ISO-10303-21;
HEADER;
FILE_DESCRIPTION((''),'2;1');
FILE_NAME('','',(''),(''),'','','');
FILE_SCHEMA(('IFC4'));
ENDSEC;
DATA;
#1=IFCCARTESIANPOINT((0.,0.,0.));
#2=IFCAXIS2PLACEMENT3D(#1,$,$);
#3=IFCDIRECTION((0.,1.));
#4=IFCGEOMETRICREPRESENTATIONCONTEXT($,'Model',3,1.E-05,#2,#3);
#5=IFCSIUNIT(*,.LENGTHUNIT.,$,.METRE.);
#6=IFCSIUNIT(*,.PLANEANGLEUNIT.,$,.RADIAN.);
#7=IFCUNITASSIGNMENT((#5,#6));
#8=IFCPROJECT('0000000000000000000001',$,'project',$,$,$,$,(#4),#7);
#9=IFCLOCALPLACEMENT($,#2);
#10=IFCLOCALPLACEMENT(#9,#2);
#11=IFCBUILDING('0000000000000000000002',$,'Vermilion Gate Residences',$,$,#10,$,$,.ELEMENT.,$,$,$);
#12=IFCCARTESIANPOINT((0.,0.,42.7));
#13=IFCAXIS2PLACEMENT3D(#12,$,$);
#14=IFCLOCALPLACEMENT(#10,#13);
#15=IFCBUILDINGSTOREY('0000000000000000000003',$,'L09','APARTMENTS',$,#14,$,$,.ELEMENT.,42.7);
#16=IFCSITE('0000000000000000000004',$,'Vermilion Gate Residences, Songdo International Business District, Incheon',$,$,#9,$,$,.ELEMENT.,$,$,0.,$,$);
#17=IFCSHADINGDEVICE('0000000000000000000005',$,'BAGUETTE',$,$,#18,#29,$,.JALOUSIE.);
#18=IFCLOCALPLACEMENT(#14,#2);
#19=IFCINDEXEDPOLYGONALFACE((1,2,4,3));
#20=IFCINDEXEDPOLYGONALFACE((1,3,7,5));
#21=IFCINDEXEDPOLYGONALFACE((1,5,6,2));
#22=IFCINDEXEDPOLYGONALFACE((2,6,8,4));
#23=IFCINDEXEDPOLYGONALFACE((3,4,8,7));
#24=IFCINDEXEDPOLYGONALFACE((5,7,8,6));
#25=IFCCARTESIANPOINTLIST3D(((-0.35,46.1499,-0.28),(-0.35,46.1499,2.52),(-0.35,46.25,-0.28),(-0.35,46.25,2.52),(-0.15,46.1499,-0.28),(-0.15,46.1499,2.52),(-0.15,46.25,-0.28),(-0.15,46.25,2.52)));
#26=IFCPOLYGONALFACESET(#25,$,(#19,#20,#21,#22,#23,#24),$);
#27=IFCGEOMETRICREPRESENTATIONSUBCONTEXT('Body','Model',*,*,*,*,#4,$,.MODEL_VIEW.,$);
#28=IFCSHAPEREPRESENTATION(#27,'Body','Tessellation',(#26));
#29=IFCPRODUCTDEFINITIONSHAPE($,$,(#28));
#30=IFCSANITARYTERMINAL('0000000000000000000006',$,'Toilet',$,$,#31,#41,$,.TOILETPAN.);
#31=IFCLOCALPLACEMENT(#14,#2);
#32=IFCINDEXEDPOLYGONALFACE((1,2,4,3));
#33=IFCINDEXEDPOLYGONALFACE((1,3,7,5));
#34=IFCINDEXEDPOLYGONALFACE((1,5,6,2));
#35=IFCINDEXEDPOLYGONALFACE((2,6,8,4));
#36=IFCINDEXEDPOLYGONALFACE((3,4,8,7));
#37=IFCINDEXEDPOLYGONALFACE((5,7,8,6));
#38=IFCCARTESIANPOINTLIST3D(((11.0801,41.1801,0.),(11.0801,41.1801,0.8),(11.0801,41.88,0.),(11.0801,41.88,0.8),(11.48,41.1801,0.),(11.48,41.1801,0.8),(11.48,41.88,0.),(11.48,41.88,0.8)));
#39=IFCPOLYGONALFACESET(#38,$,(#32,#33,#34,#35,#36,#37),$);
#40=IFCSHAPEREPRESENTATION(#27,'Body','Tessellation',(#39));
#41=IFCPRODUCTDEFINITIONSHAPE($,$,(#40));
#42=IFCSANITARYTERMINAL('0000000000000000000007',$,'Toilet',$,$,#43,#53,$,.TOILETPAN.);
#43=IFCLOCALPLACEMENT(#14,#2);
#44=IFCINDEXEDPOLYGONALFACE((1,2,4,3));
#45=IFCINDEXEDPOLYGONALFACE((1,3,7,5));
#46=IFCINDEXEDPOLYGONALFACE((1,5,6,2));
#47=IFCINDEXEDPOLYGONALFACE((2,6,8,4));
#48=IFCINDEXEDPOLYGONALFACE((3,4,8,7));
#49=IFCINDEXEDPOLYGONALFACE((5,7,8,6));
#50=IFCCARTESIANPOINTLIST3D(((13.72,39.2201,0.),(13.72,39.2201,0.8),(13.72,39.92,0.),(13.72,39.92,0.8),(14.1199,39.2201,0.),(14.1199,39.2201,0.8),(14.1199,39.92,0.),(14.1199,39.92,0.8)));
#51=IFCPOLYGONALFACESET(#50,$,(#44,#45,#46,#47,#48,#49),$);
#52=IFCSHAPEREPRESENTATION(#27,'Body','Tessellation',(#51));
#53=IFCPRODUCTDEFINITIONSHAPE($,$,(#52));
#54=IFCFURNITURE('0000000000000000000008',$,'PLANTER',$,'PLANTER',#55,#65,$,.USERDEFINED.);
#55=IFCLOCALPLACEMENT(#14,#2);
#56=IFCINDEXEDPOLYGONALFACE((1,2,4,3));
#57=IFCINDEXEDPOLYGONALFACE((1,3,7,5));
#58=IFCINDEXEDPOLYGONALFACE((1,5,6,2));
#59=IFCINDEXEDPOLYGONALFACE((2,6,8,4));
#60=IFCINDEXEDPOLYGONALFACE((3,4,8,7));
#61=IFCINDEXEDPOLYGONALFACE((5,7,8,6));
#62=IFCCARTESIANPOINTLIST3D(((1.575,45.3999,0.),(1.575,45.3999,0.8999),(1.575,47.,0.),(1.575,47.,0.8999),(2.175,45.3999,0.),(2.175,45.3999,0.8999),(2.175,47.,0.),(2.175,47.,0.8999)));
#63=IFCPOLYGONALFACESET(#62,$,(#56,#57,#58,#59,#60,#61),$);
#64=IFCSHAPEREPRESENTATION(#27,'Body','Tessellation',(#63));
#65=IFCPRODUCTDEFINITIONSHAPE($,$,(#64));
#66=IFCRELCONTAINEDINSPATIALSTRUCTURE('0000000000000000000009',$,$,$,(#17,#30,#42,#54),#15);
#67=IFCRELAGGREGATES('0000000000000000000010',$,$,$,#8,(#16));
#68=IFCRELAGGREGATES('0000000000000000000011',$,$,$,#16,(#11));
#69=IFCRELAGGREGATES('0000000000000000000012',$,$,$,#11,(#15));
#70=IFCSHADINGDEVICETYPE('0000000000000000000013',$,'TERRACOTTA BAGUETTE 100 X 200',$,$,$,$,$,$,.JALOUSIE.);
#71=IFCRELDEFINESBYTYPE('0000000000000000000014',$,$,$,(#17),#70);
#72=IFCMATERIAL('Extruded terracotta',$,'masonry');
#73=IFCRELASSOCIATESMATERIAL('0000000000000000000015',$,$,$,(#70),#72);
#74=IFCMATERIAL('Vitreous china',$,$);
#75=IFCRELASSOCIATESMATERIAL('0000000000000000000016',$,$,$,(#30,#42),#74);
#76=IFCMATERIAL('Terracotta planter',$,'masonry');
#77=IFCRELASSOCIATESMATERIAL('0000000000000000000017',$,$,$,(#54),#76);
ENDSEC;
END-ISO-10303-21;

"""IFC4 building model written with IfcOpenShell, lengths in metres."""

from ifc_helpers import new_model, si_unit, direction, frame, origin, origin_2d, place, context, subcontext, project, spatial, rectangle, extrude, material, material_profile, profile_set, type_object, element, save


model = new_model("IFC4")

# Units and contexts
model_context = context("Model", 3, precision=1e-05, world=origin(), true_north=direction((0.0, 1.0)))
body_context = subcontext(model_context, "Body", "Model", "MODEL_VIEW")
ifc_project = project(units=[si_unit("LENGTHUNIT", "METRE"), si_unit("PLANEANGLEUNIT", "RADIAN")], contexts=[model_context])

# Site, building, storey
site_placement = place(None, origin())
site = spatial("IfcSite", under=ifc_project, at=site_placement, Name="Vermilion Gate Residences, Songdo International Business District, Incheon", CompositionType="ELEMENT", RefElevation=0.0)
building_placement = place(site_placement, origin())
building = spatial("IfcBuilding", under=site, at=building_placement, Name="Vermilion Gate Residences", CompositionType="ELEMENT")
storey_placement = place(building_placement, frame((0.0, 0.0, 42.7)))
storey = spatial("IfcBuildingStorey", under=building, at=storey_placement, Name="L09", Description="APARTMENTS", CompositionType="ELEMENT", Elevation=42.7)

# Shading device
ifc_material_1 = material(Name="Extruded terracotta", Category="masonry")
ifc_material_profile_1 = material_profile(ifc_material_1, rectangle(XDim=0.2, YDim=0.1001, at=origin_2d()), Name="BAGUETTE 100 X 200")
ifc_profile_set_1 = profile_set([ifc_material_profile_1], Name="Extruded terracotta")
shading_device_type = type_object("IfcShadingDeviceType", Name="TERRACOTTA BAGUETTE 100 X 200", PredefinedType="JALOUSIE", material=ifc_profile_set_1)
shading_device_placement = place(storey_placement, frame((-0.25, 46.2, -0.28), z_axis=(0.0, 0.0, 1.0), x_axis=(1.0, 0.0, 0.0)))
element("IfcShadingDevice", 1, at=shading_device_placement, inside=storey, type_object=shading_device_type, Name="BAGUETTE", PredefinedType="JALOUSIE", context=body_context, shape_type="SweptSolid", body=[
    extrude(rectangle(XDim=0.2, YDim=0.1001, at=origin_2d()), origin(), (0.0, 0.0, 1.0), 2.8),
])

# Sanitary terminals
ifc_material_2 = material(Name="Vitreous china")
for number, where, z_axis, x_axis, name in (
    (2, (11.28, 41.53, 0.0), (0.0, 0.0, 1.0), (1.0, 0.0, 0.0), "Toilet"),
    (3, (13.9199, 39.5701, 0.0), (0.0, 0.0, 1.0), (1.0, 0.0, 0.0), "Toilet"),
):
    element("IfcSanitaryTerminal", number, at=place(storey_placement, frame(where, z_axis=z_axis, x_axis=x_axis)), inside=storey, material=ifc_material_2, Name=name, PredefinedType="TOILETPAN", context=body_context, shape_type="SweptSolid", body=[
        extrude(rectangle(XDim=0.3999, YDim=0.7, at=origin_2d()), origin(), (0.0, 0.0, 1.0), 0.8),
    ])

# Furniture
ifc_material_3 = material(Name="Terracotta planter", Category="masonry")
furniture_placement = place(storey_placement, frame((1.875, 46.2, 0.0), z_axis=(0.0, 0.0, 1.0), x_axis=(0.0, -1.0, 0.0)))
element("IfcFurniture", 4, at=furniture_placement, inside=storey, material=ifc_material_3, Name="PLANTER", ObjectType="PLANTER", PredefinedType="USERDEFINED", context=body_context, shape_type="SweptSolid", body=[
    extrude(rectangle(XDim=1.6001, YDim=0.6001, at=origin_2d()), origin(), (0.0, 0.0, 1.0), 0.8999),
])

save(model, "model.ifc")
